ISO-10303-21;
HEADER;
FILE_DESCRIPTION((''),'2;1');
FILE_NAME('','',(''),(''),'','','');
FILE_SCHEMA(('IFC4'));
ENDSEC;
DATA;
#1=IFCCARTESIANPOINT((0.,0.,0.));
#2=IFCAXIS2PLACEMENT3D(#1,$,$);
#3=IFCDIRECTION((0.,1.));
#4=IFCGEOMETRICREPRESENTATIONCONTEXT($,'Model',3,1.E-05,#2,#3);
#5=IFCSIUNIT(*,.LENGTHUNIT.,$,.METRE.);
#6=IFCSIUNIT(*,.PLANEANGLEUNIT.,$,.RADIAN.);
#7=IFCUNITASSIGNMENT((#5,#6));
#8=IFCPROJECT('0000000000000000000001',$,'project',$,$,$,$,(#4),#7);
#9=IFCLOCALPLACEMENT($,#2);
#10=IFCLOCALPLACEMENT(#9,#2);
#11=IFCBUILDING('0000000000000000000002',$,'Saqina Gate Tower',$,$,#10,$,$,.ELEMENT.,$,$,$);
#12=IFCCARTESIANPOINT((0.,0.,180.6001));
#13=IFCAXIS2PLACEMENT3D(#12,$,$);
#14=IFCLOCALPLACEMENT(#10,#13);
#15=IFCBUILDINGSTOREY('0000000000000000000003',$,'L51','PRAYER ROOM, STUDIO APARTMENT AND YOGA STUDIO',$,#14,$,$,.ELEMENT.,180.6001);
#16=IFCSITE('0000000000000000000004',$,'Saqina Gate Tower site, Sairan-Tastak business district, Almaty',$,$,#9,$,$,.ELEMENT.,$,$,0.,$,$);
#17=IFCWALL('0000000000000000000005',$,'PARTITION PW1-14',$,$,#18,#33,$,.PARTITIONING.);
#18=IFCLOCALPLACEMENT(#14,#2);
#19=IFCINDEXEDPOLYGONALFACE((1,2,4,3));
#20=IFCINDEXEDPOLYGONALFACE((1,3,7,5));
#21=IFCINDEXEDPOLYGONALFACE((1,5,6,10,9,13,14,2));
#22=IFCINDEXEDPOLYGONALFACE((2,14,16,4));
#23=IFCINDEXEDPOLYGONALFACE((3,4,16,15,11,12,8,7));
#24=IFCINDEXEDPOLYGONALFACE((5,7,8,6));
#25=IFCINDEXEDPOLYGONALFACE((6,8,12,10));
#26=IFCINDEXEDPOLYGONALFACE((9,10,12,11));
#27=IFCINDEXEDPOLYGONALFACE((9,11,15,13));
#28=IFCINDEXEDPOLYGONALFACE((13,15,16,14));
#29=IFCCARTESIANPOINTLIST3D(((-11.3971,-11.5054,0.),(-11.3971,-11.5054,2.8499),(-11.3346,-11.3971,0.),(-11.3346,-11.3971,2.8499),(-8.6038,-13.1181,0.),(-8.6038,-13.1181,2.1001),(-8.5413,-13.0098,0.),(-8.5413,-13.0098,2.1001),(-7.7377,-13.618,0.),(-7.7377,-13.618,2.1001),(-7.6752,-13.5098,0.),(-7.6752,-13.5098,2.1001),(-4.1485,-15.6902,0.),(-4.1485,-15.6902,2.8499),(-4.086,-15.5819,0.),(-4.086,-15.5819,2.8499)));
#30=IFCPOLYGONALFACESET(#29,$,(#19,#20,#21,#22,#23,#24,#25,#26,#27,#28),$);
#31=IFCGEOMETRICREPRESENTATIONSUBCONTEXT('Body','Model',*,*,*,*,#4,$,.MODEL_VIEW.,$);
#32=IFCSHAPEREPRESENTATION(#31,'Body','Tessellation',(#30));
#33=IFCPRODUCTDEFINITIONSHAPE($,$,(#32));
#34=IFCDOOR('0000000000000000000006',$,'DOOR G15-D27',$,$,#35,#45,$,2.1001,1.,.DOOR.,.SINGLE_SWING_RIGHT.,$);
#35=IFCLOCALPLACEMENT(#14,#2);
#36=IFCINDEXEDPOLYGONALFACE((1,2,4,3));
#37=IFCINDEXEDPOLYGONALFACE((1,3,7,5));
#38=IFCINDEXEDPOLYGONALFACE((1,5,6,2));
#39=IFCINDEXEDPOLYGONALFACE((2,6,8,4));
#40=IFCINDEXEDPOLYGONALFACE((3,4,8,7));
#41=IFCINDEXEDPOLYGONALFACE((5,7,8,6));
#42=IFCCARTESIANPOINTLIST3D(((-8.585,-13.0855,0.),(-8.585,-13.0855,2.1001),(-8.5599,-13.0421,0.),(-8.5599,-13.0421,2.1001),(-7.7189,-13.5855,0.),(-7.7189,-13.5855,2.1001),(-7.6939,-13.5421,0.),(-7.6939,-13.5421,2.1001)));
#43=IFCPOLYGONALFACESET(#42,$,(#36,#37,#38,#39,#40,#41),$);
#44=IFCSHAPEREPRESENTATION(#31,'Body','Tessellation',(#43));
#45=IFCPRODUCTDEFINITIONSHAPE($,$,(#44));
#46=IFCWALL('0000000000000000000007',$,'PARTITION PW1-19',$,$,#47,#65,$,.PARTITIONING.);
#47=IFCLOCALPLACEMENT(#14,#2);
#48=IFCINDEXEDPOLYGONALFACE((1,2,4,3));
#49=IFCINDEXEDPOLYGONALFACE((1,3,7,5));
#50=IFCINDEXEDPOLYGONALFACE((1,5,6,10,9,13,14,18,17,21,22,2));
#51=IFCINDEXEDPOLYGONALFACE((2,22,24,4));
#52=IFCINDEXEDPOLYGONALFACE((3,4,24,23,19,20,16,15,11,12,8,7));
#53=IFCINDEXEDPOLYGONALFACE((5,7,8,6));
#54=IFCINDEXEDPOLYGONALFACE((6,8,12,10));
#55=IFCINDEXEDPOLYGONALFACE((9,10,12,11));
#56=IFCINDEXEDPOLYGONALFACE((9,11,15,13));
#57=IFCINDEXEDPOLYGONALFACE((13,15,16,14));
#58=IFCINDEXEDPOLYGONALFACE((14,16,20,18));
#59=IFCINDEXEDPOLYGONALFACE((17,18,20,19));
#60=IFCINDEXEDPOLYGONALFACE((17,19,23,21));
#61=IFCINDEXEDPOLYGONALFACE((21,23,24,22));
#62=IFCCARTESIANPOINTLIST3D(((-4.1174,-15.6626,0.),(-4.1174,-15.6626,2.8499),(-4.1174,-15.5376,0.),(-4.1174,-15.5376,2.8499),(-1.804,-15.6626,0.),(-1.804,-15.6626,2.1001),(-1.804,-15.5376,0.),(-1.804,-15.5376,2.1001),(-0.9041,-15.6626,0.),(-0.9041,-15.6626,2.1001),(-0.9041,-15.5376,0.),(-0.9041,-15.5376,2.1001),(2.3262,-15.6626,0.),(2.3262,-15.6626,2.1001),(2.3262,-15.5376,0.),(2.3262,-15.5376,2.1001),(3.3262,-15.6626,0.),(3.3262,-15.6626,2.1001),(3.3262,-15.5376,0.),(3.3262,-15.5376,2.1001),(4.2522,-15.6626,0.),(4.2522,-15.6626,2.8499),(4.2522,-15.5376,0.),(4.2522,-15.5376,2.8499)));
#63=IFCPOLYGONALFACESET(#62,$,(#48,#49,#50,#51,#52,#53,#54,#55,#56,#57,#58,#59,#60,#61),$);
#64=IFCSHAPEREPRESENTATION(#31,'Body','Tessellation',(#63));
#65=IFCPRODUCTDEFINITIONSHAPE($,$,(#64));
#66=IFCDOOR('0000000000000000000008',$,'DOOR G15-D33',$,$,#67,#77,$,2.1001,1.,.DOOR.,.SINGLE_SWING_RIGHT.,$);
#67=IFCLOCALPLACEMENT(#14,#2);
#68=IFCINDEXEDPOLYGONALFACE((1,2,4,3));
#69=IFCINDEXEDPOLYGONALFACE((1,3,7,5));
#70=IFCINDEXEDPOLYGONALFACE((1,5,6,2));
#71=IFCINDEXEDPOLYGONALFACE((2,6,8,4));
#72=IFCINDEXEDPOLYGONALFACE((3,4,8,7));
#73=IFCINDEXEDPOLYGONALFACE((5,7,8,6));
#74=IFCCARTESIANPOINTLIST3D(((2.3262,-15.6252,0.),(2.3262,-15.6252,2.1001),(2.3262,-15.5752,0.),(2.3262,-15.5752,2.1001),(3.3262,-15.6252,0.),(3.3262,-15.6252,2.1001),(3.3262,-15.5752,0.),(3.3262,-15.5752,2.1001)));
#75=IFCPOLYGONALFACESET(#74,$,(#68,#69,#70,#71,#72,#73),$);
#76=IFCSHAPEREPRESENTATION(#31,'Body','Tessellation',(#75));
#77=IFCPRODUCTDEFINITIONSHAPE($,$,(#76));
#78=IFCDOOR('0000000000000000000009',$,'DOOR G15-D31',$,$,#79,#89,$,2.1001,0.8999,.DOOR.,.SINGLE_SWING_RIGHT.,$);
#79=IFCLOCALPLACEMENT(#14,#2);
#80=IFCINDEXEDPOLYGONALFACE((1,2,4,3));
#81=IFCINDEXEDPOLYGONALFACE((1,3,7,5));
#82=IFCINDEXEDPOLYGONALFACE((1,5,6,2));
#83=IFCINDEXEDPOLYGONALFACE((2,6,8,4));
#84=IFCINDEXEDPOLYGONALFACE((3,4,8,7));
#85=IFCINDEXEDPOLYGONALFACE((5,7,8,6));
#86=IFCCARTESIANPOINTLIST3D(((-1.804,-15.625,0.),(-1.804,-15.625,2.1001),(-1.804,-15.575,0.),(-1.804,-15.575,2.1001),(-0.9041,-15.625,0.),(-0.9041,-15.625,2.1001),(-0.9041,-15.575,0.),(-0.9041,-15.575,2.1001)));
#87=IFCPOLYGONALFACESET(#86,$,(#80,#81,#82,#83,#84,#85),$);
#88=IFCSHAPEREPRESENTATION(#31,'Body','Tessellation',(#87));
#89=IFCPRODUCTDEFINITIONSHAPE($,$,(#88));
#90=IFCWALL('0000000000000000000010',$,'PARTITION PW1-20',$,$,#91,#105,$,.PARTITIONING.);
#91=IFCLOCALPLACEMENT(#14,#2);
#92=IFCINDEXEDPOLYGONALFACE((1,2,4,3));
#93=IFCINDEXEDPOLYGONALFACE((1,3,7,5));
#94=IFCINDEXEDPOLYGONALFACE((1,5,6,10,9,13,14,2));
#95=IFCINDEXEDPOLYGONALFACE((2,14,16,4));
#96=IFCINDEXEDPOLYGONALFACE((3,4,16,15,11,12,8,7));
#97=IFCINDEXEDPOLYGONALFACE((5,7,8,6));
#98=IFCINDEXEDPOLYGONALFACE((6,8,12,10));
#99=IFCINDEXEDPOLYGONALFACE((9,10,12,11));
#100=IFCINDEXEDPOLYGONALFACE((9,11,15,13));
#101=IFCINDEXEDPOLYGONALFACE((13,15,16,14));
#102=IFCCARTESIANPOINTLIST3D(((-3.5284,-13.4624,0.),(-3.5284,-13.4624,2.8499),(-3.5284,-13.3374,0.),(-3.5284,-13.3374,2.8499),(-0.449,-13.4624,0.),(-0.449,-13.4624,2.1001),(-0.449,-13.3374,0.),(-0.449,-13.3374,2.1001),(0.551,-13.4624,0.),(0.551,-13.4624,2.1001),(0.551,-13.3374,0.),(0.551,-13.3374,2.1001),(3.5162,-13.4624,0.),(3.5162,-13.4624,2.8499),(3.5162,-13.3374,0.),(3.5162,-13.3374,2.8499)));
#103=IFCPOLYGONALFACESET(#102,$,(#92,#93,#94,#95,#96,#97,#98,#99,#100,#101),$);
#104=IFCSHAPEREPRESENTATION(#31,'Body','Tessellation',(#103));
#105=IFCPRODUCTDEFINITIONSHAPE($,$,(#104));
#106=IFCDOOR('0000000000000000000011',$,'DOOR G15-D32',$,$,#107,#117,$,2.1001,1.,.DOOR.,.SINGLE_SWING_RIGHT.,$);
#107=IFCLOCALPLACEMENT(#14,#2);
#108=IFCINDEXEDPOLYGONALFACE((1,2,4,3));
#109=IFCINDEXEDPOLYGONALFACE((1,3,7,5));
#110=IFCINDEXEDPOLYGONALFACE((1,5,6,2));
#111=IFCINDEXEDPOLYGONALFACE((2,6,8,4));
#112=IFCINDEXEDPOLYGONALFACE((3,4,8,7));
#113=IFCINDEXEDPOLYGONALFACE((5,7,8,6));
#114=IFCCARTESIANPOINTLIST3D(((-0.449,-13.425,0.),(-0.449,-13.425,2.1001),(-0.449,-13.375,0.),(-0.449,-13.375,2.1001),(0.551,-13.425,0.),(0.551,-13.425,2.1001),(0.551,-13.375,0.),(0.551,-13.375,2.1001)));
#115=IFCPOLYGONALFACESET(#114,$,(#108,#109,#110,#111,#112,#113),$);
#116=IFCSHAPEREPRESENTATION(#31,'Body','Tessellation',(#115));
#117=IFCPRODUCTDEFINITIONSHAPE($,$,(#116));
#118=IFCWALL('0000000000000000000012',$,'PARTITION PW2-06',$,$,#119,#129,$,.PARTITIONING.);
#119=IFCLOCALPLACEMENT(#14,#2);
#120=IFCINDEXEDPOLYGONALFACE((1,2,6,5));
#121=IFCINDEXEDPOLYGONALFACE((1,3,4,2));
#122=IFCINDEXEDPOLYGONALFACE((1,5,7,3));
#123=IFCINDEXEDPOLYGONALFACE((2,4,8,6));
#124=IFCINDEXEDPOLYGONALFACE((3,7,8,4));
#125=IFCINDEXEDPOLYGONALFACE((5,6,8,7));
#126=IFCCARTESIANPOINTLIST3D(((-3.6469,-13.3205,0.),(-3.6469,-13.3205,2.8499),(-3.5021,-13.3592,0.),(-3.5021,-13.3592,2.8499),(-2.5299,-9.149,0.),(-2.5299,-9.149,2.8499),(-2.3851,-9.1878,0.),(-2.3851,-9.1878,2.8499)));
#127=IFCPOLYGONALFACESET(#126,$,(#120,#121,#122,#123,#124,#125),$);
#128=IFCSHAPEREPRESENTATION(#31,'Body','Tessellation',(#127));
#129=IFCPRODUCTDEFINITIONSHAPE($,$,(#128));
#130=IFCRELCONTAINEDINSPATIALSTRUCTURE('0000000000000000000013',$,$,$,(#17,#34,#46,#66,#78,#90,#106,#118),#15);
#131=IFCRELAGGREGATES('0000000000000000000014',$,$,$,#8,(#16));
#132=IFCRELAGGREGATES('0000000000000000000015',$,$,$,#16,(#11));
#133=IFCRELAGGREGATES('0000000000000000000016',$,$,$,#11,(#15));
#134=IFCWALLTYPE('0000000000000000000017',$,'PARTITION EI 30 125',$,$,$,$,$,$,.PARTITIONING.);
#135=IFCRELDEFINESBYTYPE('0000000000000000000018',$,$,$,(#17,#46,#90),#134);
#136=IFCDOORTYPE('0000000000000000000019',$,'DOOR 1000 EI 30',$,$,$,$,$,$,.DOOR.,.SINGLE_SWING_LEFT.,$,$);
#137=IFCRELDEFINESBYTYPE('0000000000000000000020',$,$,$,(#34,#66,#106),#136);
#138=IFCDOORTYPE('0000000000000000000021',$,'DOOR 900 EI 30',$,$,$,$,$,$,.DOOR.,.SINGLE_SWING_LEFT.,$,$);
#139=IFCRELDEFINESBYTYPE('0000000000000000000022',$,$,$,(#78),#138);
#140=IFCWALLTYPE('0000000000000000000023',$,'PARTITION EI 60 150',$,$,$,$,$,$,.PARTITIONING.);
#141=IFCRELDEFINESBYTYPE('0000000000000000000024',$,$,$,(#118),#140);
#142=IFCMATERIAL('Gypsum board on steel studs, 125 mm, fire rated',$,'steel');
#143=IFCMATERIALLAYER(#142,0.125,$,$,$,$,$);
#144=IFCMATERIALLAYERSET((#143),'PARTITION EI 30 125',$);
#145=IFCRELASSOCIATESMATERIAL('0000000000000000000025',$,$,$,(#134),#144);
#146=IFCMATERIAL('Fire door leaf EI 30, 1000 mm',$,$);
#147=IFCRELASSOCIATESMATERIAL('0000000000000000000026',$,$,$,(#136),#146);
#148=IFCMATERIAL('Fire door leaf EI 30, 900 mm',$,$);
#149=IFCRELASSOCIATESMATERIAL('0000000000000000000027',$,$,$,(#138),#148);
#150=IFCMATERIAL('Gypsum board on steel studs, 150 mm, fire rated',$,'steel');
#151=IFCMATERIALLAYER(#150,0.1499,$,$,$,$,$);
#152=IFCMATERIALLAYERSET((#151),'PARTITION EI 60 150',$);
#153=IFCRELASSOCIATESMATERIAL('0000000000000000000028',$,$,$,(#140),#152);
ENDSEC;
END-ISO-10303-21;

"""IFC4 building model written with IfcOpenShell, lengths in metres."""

from ifc_helpers import new_model, si_unit, direction, frame, frame_2d, origin, place, context, subcontext, project, spatial, rectangle, extrude, material, layer, layer_set, type_object, element, fill, save


model = new_model("IFC4")

# Units and contexts
model_context = context("Model", 3, precision=1e-05, world=origin(), true_north=direction((0.0, 1.0)))
body_context = subcontext(model_context, "Body", "Model", "MODEL_VIEW")
ifc_project = project(units=[si_unit("LENGTHUNIT", "METRE"), si_unit("PLANEANGLEUNIT", "RADIAN")], contexts=[model_context])

# Site, building, storey
site_placement = place(None, origin())
site = spatial("IfcSite", under=ifc_project, at=site_placement, Name="Saqina Gate Tower site, Sairan-Tastak business district, Almaty", CompositionType="ELEMENT", RefElevation=0.0)
building_placement = place(site_placement, origin())
building = spatial("IfcBuilding", under=site, at=building_placement, Name="Saqina Gate Tower", CompositionType="ELEMENT")
storey_placement = place(building_placement, frame((0.0, 0.0, 180.6001)))
storey = spatial("IfcBuildingStorey", under=building, at=storey_placement, Name="L51", Description="PRAYER ROOM, STUDIO APARTMENT AND YOGA STUDIO", CompositionType="ELEMENT", Elevation=180.6001)

# Shared definitions
ifc_material_1 = material(Name="Gypsum board on steel studs, 125 mm, fire rated", Category="steel")
ifc_layer_1 = layer(ifc_material_1, 0.125)
ifc_layer_set_1 = layer_set([ifc_layer_1], Name="PARTITION EI 30 125")
wall_type_1 = type_object("IfcWallType", Name="PARTITION EI 30 125", PredefinedType="PARTITIONING", material=ifc_layer_set_1)

# Wall, opening, door
wall_1_placement = place(storey_placement, frame((-11.366, -11.4512, 0.0), z_axis=(0.0, 0.0, 1.0), x_axis=(0.866032, -0.499988, 0.0)))
wall_1 = element("IfcWall", 1, at=wall_1_placement, inside=storey, type_object=wall_type_1, Name="PARTITION PW1-14", PredefinedType="PARTITIONING", context=body_context, shape_type="SweptSolid", body=[
    extrude(rectangle(XDim=8.3699, YDim=0.125, at=frame_2d((4.1851, 0.0))), origin(), (0.0, 0.0, 1.0), 2.8499),
])
opening_1_placement = place(wall_1_placement, frame((3.2256, 0.0, 0.0)))
opening_1 = element("IfcOpeningElement", 2, at=opening_1_placement, cuts=wall_1, PredefinedType="OPENING", context=body_context, shape_type="SweptSolid", body=[
    extrude(rectangle(XDim=1.0, YDim=2.1001, at=frame_2d((0.5, 1.05))), frame((0.0, 0.0745, 0.0), z_axis=(0.0, -1.0, 0.0), x_axis=(1.0, 0.0, 0.0)), (0.0, 0.0, 1.0), 0.1489),
])
ifc_material_2 = material(Name="Fire door leaf EI 30, 1000 mm")
door_type_1 = type_object("IfcDoorType", Name="DOOR 1000 EI 30", OperationType="SINGLE_SWING_LEFT", PredefinedType="DOOR", material=ifc_material_2)
door_1_placement = place(opening_1_placement, frame((1.0, 0.0, 0.0), z_axis=(0.0, 0.0, 1.0), x_axis=(-1.0, 0.0, 0.0)))
door_1 = element("IfcDoor", 3, at=door_1_placement, inside=storey, type_object=door_type_1, Name="DOOR G15-D27", OperationType="SINGLE_SWING_RIGHT", OverallHeight=2.1001, OverallWidth=1.0, PredefinedType="DOOR", context=body_context, shape_type="SweptSolid", body=[
    extrude(rectangle(XDim=1.0, YDim=2.1001, at=frame_2d((0.5, 1.05))), frame((0.0, 0.0249, 0.0), z_axis=(0.0, -1.0, 0.0), x_axis=(1.0, 0.0, 0.0)), (0.0, 0.0, 1.0), 0.05),
])
fill(opening_1, door_1)

# Wall, openings, doors
wall_2_placement = place(storey_placement, frame((-4.1174, -15.6001, 0.0), z_axis=(0.0, 0.0, 1.0), x_axis=(1.0, 0.0, 0.0)))
wall_2 = element("IfcWall", 4, at=wall_2_placement, inside=storey, type_object=wall_type_1, Name="PARTITION PW1-19", PredefinedType="PARTITIONING", context=body_context, shape_type="SweptSolid", body=[
    extrude(rectangle(XDim=8.3696, YDim=0.125, at=frame_2d((4.1848, 0.0))), origin(), (0.0, 0.0, 1.0), 2.8499),
])
opening_2_placement = place(wall_2_placement, frame((2.3135, 0.0, 0.0)))
opening_2 = element("IfcOpeningElement", 5, at=opening_2_placement, cuts=wall_2, PredefinedType="OPENING", context=body_context, shape_type="SweptSolid", body=[
    extrude(rectangle(XDim=0.8999, YDim=2.1001, at=frame_2d((0.45, 1.05))), frame((0.0, 0.0745, 0.0), z_axis=(0.0, -1.0, 0.0), x_axis=(1.0, 0.0, 0.0)), (0.0, 0.0, 1.0), 0.1489),
])
opening_3_placement = place(wall_2_placement, frame((6.4436, 0.0, 0.0)))
opening_3 = element("IfcOpeningElement", 6, at=opening_3_placement, cuts=wall_2, PredefinedType="OPENING", context=body_context, shape_type="SweptSolid", body=[
    extrude(rectangle(XDim=1.0, YDim=2.1001, at=frame_2d((0.5, 1.05))), frame((0.0, 0.0745, 0.0), z_axis=(0.0, -1.0, 0.0), x_axis=(1.0, 0.0, 0.0)), (0.0, 0.0, 1.0), 0.1489),
])
door_2_placement = place(opening_3_placement, origin())
door_2 = element("IfcDoor", 7, at=door_2_placement, inside=storey, type_object=door_type_1, Name="DOOR G15-D33", OperationType="SINGLE_SWING_RIGHT", OverallHeight=2.1001, OverallWidth=1.0, PredefinedType="DOOR", context=body_context, shape_type="SweptSolid", body=[
    extrude(rectangle(XDim=1.0, YDim=2.1001, at=frame_2d((0.5, 1.05))), frame((0.0, 0.0249, 0.0), z_axis=(0.0, -1.0, 0.0), x_axis=(1.0, 0.0, 0.0)), (0.0, 0.0, 1.0), 0.05),
])
fill(opening_3, door_2)
ifc_material_3 = material(Name="Fire door leaf EI 30, 900 mm")
door_type_2 = type_object("IfcDoorType", Name="DOOR 900 EI 30", OperationType="SINGLE_SWING_LEFT", PredefinedType="DOOR", material=ifc_material_3)
door_3_placement = place(opening_2_placement, frame((0.8999, 0.0, 0.0), z_axis=(0.0, 0.0, 1.0), x_axis=(-1.0, 0.0, 0.0)))
door_3 = element("IfcDoor", 8, at=door_3_placement, inside=storey, type_object=door_type_2, Name="DOOR G15-D31", OperationType="SINGLE_SWING_RIGHT", OverallHeight=2.1001, OverallWidth=0.8999, PredefinedType="DOOR", context=body_context, shape_type="SweptSolid", body=[
    extrude(rectangle(XDim=0.8999, YDim=2.1001, at=frame_2d((0.45, 1.05))), frame((0.0, 0.0249, 0.0), z_axis=(0.0, -1.0, 0.0), x_axis=(1.0, 0.0, 0.0)), (0.0, 0.0, 1.0), 0.05),
])
fill(opening_2, door_3)

# Wall, opening, door
wall_3_placement = place(storey_placement, frame((-3.5286, -13.3999, 0.0), z_axis=(0.0, 0.0, 1.0), x_axis=(1.0, 0.0, 0.0)))
wall_3 = element("IfcWall", 9, at=wall_3_placement, inside=storey, type_object=wall_type_1, Name="PARTITION PW1-20", PredefinedType="PARTITIONING", context=body_context, shape_type="SweptSolid", body=[
    extrude(rectangle(XDim=7.0447, YDim=0.125, at=frame_2d((3.5225, 0.0))), origin(), (0.0, 0.0, 1.0), 2.8499),
])
opening_4_placement = place(wall_3_placement, frame((3.0796, 0.0, 0.0)))
opening_4 = element("IfcOpeningElement", 10, at=opening_4_placement, cuts=wall_3, PredefinedType="OPENING", context=body_context, shape_type="SweptSolid", body=[
    extrude(rectangle(XDim=1.0, YDim=2.1001, at=frame_2d((0.5, 1.05))), frame((0.0, 0.0745, 0.0), z_axis=(0.0, -1.0, 0.0), x_axis=(1.0, 0.0, 0.0)), (0.0, 0.0, 1.0), 0.1489),
])
door_4_placement = place(opening_4_placement, origin())
door_4 = element("IfcDoor", 11, at=door_4_placement, inside=storey, type_object=door_type_1, Name="DOOR G15-D32", OperationType="SINGLE_SWING_RIGHT", OverallHeight=2.1001, OverallWidth=1.0, PredefinedType="DOOR", context=body_context, shape_type="SweptSolid", body=[
    extrude(rectangle(XDim=1.0, YDim=2.1001, at=frame_2d((0.5, 1.05))), frame((0.0, 0.0249, 0.0), z_axis=(0.0, -1.0, 0.0), x_axis=(1.0, 0.0, 0.0)), (0.0, 0.0, 1.0), 0.05),
])
fill(opening_4, door_4)

# Wall
ifc_material_4 = material(Name="Gypsum board on steel studs, 150 mm, fire rated", Category="steel")
ifc_layer_2 = layer(ifc_material_4, 0.1499)
ifc_layer_set_2 = layer_set([ifc_layer_2], Name="PARTITION EI 60 150")
wall_type_2 = type_object("IfcWallType", Name="PARTITION EI 60 150", PredefinedType="PARTITIONING", material=ifc_layer_set_2)
wall_4_placement = place(storey_placement, frame((-3.5745, -13.3398, 0.0), z_axis=(0.0, 0.0, 1.0), x_axis=(0.258651, 0.965971, 0.0)))
element("IfcWall", 12, at=wall_4_placement, inside=storey, type_object=wall_type_2, Name="PARTITION PW2-06", PredefinedType="PARTITIONING", context=body_context, shape_type="SweptSolid", body=[
    extrude(rectangle(XDim=4.3184, YDim=0.1499, at=frame_2d((2.1592, 0.0))), origin(), (0.0, 0.0, 1.0), 2.8499),
])

save(model, "model.ifc")
